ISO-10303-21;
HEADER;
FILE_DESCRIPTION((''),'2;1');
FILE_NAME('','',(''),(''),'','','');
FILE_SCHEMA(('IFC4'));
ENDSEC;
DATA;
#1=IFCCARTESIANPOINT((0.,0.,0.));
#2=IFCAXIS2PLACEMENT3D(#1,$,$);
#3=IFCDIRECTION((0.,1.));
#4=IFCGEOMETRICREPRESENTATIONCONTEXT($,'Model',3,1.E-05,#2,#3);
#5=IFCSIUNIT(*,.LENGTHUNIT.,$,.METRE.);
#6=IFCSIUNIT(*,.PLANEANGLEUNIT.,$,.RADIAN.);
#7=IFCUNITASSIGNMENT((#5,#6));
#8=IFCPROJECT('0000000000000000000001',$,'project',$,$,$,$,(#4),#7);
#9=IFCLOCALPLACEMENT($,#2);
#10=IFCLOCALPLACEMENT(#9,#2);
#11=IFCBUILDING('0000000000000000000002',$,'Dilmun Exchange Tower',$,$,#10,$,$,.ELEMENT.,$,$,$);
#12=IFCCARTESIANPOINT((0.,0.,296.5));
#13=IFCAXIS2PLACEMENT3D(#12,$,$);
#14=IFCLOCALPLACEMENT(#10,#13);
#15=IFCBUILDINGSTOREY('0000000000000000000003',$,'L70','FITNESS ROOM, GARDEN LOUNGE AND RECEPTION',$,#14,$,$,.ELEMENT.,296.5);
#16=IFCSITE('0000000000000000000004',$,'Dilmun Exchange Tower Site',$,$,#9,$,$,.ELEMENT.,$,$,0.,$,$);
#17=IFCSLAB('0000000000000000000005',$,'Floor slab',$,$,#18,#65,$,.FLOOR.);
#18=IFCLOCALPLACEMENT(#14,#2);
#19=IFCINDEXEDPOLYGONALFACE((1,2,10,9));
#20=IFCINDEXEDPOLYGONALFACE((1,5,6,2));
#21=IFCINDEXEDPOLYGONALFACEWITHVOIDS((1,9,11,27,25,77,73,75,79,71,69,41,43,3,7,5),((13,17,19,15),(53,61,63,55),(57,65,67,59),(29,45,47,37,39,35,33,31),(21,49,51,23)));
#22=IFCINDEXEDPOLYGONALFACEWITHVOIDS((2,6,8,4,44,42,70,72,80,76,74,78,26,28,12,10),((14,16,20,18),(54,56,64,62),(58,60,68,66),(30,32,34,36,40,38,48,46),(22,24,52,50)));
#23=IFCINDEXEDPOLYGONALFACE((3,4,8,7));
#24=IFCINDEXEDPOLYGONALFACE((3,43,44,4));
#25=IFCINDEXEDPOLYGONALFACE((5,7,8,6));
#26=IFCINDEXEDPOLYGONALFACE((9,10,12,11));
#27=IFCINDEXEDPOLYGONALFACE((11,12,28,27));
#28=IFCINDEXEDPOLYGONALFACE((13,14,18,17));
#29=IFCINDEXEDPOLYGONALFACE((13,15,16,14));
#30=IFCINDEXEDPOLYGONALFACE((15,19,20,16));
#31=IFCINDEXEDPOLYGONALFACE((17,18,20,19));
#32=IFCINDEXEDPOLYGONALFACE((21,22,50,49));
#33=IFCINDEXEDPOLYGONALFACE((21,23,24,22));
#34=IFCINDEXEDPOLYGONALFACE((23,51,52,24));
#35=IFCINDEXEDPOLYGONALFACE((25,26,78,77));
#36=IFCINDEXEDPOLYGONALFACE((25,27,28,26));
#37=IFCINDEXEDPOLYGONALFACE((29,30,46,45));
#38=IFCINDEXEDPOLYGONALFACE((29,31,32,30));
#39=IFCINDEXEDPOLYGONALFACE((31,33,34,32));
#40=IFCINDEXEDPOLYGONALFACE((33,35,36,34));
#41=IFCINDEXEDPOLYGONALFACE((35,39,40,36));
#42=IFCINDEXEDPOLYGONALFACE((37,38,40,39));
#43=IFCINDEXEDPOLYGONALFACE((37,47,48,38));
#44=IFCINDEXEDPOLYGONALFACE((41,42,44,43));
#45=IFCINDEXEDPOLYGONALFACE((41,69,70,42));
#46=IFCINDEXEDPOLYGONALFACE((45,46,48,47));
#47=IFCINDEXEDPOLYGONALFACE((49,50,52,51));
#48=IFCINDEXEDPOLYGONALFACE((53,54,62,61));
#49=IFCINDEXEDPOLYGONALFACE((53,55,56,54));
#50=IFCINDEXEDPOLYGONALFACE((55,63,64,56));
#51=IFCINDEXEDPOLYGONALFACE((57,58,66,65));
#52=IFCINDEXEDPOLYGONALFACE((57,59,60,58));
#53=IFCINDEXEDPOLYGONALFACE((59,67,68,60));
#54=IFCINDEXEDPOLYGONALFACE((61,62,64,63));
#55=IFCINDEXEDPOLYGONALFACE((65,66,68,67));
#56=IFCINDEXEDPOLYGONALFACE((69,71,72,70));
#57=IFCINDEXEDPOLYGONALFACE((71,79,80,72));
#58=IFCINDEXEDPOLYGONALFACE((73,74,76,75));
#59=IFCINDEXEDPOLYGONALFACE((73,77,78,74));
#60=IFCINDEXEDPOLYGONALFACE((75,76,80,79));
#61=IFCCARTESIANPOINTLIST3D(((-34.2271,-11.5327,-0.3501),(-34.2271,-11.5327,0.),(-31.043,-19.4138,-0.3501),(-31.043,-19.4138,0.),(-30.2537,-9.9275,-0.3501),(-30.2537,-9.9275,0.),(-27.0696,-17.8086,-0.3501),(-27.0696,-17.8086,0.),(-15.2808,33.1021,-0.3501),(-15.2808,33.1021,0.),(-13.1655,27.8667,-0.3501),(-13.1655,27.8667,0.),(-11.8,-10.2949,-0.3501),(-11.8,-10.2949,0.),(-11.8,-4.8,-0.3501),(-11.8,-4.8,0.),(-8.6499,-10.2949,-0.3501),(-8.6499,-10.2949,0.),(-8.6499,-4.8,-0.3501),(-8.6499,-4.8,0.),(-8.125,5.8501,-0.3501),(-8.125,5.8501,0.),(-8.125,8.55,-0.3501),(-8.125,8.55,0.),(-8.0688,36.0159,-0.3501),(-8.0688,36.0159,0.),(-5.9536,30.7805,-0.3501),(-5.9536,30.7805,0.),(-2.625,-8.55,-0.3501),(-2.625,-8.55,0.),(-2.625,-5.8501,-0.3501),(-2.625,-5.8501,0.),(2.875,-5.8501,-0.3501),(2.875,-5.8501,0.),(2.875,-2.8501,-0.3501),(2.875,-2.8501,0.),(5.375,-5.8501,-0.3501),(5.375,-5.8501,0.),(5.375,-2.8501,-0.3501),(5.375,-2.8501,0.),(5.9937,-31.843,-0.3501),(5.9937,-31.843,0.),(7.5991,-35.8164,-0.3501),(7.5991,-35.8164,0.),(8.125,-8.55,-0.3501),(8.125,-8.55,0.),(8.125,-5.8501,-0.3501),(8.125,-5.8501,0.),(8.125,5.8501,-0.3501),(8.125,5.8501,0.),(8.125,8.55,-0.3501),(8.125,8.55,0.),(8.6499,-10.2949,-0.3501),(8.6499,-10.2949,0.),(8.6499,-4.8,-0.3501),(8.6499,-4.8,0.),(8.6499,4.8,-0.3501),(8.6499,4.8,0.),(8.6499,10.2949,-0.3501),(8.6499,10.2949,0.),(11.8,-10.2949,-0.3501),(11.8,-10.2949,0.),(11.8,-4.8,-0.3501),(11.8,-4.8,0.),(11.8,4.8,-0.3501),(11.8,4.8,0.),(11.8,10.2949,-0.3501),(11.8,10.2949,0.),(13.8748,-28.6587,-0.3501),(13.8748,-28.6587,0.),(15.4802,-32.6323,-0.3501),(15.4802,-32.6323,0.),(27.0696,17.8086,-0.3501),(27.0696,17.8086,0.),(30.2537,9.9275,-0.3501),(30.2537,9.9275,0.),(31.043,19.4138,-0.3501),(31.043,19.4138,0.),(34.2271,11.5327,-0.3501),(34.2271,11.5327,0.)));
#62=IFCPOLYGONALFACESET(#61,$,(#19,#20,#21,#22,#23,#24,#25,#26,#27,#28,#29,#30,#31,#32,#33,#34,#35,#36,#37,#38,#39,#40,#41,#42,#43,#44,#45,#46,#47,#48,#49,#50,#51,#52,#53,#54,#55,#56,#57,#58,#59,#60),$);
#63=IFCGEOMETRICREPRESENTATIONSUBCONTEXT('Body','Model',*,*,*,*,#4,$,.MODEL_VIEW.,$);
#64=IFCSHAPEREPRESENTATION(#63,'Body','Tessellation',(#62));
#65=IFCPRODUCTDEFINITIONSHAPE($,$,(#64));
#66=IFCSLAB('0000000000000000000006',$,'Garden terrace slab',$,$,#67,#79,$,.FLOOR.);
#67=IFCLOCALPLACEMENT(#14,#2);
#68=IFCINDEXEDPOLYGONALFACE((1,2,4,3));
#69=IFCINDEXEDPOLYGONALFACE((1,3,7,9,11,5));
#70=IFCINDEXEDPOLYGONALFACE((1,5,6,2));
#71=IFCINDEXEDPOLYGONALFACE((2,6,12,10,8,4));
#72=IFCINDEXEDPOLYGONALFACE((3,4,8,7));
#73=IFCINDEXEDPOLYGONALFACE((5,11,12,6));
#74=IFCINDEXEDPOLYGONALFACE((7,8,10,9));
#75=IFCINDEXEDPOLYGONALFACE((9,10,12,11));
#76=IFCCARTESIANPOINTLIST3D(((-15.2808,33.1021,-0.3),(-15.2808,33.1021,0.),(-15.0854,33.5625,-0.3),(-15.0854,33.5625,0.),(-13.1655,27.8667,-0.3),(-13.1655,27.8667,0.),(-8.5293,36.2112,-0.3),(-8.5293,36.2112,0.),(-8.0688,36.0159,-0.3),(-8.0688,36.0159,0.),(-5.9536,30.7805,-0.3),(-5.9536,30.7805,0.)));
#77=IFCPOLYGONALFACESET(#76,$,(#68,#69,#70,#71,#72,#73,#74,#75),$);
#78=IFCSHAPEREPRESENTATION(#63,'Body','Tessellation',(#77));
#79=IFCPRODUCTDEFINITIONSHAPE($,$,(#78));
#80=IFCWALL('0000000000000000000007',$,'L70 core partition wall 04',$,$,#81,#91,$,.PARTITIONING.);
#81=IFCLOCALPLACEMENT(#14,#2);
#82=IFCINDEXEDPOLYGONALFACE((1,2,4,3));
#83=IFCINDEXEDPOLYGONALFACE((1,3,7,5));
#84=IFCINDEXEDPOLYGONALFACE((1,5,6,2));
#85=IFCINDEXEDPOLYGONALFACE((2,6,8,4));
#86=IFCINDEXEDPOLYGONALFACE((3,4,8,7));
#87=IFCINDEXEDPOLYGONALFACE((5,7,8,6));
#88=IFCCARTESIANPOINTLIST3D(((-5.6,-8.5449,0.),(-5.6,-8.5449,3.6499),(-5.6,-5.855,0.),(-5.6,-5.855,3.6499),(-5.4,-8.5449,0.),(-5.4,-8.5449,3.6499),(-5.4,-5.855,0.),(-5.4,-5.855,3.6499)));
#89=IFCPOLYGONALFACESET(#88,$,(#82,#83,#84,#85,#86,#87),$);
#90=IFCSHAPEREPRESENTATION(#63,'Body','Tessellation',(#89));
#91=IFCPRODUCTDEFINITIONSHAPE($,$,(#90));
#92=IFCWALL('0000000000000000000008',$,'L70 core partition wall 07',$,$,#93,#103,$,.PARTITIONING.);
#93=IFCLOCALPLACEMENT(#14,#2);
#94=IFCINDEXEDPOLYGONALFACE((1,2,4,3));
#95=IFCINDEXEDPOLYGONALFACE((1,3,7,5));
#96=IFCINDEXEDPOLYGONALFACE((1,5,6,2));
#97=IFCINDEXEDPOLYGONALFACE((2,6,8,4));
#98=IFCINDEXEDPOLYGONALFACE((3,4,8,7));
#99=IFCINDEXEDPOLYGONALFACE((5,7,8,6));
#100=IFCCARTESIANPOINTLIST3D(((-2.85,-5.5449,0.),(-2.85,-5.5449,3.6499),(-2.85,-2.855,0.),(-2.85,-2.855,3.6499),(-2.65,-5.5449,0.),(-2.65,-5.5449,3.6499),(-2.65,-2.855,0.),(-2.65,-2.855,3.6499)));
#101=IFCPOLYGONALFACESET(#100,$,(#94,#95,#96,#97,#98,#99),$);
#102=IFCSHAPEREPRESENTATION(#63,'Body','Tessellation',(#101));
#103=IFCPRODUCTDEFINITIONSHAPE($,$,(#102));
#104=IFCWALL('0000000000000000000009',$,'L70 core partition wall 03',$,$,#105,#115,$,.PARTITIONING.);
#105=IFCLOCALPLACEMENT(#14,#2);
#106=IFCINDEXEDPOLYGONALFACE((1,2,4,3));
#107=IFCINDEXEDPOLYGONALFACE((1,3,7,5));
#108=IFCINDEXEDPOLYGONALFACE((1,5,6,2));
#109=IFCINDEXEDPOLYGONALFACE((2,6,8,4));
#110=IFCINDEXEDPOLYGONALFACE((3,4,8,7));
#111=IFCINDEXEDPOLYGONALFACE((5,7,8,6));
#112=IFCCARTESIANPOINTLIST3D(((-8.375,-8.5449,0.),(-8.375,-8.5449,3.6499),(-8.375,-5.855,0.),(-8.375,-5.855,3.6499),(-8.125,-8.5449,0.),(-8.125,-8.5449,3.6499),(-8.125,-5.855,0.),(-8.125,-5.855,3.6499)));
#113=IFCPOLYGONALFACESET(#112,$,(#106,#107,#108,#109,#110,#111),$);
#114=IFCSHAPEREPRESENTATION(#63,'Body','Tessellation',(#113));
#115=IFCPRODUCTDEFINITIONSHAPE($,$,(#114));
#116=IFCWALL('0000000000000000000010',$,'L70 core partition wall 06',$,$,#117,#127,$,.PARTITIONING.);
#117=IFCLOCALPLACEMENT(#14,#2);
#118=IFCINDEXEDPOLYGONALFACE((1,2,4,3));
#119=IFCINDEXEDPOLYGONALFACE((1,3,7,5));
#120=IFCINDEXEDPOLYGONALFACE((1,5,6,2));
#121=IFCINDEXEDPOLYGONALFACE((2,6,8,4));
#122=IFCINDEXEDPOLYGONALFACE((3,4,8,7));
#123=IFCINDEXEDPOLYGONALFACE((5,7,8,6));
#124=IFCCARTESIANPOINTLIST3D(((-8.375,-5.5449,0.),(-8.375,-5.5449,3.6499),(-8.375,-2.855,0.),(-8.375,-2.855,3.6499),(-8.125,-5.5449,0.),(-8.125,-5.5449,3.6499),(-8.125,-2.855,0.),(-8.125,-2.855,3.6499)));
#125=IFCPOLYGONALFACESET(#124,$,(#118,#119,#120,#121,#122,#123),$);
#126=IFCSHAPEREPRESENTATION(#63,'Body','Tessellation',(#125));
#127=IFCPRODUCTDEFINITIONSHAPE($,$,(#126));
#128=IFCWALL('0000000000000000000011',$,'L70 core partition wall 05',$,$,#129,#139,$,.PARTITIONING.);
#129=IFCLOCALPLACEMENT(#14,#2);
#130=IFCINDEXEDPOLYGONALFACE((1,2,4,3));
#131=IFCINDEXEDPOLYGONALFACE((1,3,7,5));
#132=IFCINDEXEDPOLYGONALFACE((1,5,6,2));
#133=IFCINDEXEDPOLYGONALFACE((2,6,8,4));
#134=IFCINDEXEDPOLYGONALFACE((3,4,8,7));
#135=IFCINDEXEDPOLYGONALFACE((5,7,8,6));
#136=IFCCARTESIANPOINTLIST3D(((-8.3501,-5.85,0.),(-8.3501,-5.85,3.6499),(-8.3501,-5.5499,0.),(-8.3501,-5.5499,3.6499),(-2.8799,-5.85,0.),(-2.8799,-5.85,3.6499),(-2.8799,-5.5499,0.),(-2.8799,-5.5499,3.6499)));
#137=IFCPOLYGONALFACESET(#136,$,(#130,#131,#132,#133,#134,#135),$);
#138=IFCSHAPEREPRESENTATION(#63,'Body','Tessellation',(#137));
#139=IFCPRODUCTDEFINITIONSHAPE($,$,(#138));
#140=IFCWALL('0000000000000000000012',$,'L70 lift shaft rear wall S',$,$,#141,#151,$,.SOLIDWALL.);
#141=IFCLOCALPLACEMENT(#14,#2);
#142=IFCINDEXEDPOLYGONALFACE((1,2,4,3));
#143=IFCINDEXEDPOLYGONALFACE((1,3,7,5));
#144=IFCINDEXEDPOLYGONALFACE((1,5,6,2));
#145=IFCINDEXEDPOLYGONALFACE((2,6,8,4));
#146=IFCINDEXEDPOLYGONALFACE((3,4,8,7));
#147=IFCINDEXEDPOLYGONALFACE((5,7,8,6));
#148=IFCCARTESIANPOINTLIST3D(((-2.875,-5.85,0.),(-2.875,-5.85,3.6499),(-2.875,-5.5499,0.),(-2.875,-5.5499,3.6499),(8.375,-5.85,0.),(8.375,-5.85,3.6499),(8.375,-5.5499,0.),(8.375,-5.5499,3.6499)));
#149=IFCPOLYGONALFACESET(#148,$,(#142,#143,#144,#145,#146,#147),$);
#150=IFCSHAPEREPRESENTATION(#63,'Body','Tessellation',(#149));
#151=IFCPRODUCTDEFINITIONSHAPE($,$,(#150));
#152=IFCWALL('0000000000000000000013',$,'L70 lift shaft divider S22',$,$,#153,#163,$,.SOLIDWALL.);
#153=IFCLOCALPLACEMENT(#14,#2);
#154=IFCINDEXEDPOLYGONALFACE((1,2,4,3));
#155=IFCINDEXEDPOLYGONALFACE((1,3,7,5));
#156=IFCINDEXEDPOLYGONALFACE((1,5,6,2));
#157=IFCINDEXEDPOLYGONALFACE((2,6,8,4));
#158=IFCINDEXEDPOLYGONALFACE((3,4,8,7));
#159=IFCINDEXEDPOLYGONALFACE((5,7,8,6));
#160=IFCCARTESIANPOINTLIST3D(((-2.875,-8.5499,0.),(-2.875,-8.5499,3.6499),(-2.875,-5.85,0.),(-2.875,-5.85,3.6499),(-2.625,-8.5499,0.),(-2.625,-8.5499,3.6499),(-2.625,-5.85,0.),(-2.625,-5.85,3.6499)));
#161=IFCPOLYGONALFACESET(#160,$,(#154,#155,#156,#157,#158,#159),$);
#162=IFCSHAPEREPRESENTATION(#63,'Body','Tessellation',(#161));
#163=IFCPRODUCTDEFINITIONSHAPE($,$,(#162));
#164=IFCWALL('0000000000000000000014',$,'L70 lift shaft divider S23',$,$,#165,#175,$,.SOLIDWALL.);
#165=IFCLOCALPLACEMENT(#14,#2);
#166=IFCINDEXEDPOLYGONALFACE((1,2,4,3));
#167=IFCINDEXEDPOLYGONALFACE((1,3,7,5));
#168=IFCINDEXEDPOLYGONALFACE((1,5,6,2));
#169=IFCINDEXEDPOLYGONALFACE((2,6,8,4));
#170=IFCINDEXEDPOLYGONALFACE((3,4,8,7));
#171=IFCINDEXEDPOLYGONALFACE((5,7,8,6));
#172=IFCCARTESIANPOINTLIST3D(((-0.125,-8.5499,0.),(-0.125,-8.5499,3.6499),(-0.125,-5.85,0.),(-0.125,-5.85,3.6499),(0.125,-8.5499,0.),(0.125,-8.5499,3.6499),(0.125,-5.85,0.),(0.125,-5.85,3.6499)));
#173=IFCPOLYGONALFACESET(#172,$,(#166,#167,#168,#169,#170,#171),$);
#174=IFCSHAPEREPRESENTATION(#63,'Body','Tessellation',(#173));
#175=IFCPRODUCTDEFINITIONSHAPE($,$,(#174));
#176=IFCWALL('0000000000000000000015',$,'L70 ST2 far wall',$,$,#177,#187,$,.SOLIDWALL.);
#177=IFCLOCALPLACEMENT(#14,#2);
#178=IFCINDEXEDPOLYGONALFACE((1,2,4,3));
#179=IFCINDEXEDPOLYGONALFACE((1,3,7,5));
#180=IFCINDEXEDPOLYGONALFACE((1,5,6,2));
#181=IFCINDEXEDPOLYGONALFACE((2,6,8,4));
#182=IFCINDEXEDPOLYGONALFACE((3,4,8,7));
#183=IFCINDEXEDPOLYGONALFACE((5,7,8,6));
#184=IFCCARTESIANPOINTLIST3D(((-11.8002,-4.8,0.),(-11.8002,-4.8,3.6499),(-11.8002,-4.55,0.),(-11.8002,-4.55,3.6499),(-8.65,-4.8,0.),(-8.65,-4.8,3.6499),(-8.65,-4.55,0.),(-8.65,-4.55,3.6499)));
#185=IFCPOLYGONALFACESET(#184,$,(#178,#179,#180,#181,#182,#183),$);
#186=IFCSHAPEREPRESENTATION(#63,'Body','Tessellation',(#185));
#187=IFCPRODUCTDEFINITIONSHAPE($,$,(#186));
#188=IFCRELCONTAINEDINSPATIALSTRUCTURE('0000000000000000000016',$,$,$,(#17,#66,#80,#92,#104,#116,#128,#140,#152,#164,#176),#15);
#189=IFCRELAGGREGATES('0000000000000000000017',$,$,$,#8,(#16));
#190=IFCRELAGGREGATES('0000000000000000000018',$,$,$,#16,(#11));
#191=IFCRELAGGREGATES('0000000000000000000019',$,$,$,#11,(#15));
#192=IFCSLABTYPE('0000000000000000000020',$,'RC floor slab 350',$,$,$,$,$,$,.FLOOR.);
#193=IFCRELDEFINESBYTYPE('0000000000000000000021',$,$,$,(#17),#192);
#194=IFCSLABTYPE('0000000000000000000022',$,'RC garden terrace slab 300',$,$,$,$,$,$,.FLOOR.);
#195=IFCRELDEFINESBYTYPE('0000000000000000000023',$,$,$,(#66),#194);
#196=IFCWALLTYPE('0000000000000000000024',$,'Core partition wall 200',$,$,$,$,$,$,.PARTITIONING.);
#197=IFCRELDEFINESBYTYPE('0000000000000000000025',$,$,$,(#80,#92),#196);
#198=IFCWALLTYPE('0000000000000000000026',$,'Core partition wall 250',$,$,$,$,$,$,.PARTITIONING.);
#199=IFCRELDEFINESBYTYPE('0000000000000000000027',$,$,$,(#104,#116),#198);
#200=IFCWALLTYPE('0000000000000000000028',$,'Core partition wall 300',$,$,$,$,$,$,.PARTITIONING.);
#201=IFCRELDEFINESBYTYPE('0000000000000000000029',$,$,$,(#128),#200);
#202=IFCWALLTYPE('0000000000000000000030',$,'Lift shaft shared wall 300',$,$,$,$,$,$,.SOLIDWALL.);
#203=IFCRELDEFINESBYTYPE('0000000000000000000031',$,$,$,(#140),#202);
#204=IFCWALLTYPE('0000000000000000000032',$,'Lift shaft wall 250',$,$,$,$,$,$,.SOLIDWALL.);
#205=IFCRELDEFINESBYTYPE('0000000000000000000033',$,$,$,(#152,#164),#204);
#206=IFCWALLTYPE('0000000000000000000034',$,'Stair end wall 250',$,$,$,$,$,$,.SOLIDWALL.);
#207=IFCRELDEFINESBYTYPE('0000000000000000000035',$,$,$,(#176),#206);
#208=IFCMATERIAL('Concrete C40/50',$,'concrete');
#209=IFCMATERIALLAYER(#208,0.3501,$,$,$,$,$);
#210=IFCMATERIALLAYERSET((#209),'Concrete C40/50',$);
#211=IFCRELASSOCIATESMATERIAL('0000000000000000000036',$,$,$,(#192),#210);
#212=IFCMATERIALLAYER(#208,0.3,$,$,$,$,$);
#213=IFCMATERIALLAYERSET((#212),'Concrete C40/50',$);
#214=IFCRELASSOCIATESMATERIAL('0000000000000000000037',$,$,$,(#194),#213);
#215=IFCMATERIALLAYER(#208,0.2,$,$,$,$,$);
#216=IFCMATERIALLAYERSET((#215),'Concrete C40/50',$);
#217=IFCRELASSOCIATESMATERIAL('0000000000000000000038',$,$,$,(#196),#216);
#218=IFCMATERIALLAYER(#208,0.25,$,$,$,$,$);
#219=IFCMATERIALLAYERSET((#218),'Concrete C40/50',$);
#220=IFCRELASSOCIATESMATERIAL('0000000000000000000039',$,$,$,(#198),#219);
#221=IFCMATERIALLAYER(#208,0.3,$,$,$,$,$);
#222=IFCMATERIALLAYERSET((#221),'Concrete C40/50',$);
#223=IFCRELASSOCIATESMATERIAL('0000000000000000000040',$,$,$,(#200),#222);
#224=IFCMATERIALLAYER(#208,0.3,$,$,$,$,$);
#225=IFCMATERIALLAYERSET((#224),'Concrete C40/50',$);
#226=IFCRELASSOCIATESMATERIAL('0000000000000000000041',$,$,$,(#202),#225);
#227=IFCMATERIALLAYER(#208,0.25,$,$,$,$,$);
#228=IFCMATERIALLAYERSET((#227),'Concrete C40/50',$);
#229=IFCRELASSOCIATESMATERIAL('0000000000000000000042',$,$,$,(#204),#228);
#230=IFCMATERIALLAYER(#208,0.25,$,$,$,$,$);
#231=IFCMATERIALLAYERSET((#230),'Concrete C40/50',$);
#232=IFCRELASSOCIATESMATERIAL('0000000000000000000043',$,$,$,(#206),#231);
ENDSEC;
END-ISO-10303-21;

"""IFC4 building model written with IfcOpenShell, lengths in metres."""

from ifc_helpers import new_model, si_unit, direction, frame, frame_2d, origin, place, context, subcontext, project, spatial, polyline, rectangle, outline, extrude, material, layer, layer_set, type_object, element, save


model = new_model("IFC4")

# Units and contexts
model_context = context("Model", 3, precision=1e-05, world=origin(), true_north=direction((0.0, 1.0)))
body_context = subcontext(model_context, "Body", "Model", "MODEL_VIEW")
ifc_project = project(units=[si_unit("LENGTHUNIT", "METRE"), si_unit("PLANEANGLEUNIT", "RADIAN")], contexts=[model_context])

# Site, building, storey
site_placement = place(None, origin())
site = spatial("IfcSite", under=ifc_project, at=site_placement, Name="Dilmun Exchange Tower Site", CompositionType="ELEMENT", RefElevation=0.0)
building_placement = place(site_placement, origin())
building = spatial("IfcBuilding", under=site, at=building_placement, Name="Dilmun Exchange Tower", CompositionType="ELEMENT")
storey_placement = place(building_placement, frame((0.0, 0.0, 296.5)))
storey = spatial("IfcBuildingStorey", under=building, at=storey_placement, Name="L70", Description="FITNESS ROOM, GARDEN LOUNGE AND RECEPTION", CompositionType="ELEMENT", Elevation=296.5)

# Slabs
ifc_material_1 = material(Name="Concrete C40/50", Category="concrete")
ifc_layer_1 = layer(ifc_material_1, 0.3501)
ifc_layer_set_1 = layer_set([ifc_layer_1], Name="Concrete C40/50")
slab_type_1 = type_object("IfcSlabType", Name="RC floor slab 350", PredefinedType="FLOOR", material=ifc_layer_set_1)
slab_1_placement = place(storey_placement, frame((0.0, 0.0, -0.3501)))
element("IfcSlab", 1, at=slab_1_placement, inside=storey, type_object=slab_type_1, Name="Floor slab", PredefinedType="FLOOR", context=body_context, shape_type="SweptSolid", body=[
    extrude(outline(polyline([(27.0696, 17.8086), (30.2537, 9.9275), (34.2271, 11.5327), (15.4802, -32.6323), (13.8748, -28.6587), (5.9937, -31.843), (7.5991, -35.8164), (-31.043, -19.4138), (-27.0696, -17.8086), (-30.2537, -9.9275), (-34.2271, -11.5327), (-15.2808, 33.1021), (-13.1655, 27.8667), (-5.9536, 30.7805), (-8.0688, 36.0159), (31.043, 19.4138), (27.0696, 17.8086)]), holes=[polyline([(-8.6499, -4.8), (-11.8, -4.8), (-11.8, -10.2949), (-8.6499, -10.2949), (-8.6499, -4.8)]), polyline([(11.8, -4.8), (8.6499, -4.8), (8.6499, -10.2949), (11.8, -10.2949), (11.8, -4.8)]), polyline([(2.875, -5.8501), (-2.625, -5.8501), (-2.625, -8.55), (8.125, -8.55), (8.125, -5.8501), (5.375, -5.8501), (5.375, -2.8501), (2.875, -2.8501), (2.875, -5.8501)]), polyline([(8.125, 5.8501), (8.125, 8.55), (-8.125, 8.55), (-8.125, 5.8501), (8.125, 5.8501)]), polyline([(8.6499, 10.2949), (8.6499, 4.8), (11.8, 4.8), (11.8, 10.2949), (8.6499, 10.2949)])]), origin(), (0.0, 0.0, 1.0), 0.3501),
])
ifc_layer_2 = layer(ifc_material_1, 0.3)
ifc_layer_set_2 = layer_set([ifc_layer_2], Name="Concrete C40/50")
slab_type_2 = type_object("IfcSlabType", Name="RC garden terrace slab 300", PredefinedType="FLOOR", material=ifc_layer_set_2)
slab_2_placement = place(storey_placement, frame((0.0, 0.0, -0.3)))
element("IfcSlab", 2, at=slab_2_placement, inside=storey, type_object=slab_type_2, Name="Garden terrace slab", PredefinedType="FLOOR", context=body_context, shape_type="SweptSolid", body=[
    extrude(outline(polyline([(-13.1655, 27.8667), (-15.2808, 33.1021), (-15.0854, 33.5625), (-8.5293, 36.2112), (-8.0688, 36.0159), (-5.9536, 30.7805), (-13.1655, 27.8667)])), origin(), (0.0, 0.0, 1.0), 0.3),
])

# Walls
ifc_layer_3 = layer(ifc_material_1, 0.2)
ifc_layer_set_3 = layer_set([ifc_layer_3], Name="Concrete C40/50")
wall_type_1 = type_object("IfcWallType", Name="Core partition wall 200", PredefinedType="PARTITIONING", material=ifc_layer_set_3)
for number, where, z_axis, x_axis, name in (
    (3, (-5.5, -8.5449, 0.0), (0.0, 0.0, 1.0), (0.0, 1.0, 0.0), "L70 core partition wall 04"),
    (4, (-2.75, -5.5449, 0.0), (0.0, 0.0, 1.0), (0.0, 1.0, 0.0), "L70 core partition wall 07"),
):
    element("IfcWall", number, at=place(storey_placement, frame(where, z_axis=z_axis, x_axis=x_axis)), inside=storey, type_object=wall_type_1, Name=name, PredefinedType="PARTITIONING", context=body_context, shape_type="SweptSolid", body=[
        extrude(rectangle(XDim=2.6899, YDim=0.2, at=frame_2d((1.345, 0.0))), origin(), (0.0, 0.0, 1.0), 3.6499),
    ])

# Walls
ifc_layer_4 = layer(ifc_material_1, 0.25)
ifc_layer_set_4 = layer_set([ifc_layer_4], Name="Concrete C40/50")
wall_type_2 = type_object("IfcWallType", Name="Core partition wall 250", PredefinedType="PARTITIONING", material=ifc_layer_set_4)
for number, where, z_axis, x_axis, name in (
    (5, (-8.25, -8.5449, 0.0), (0.0, 0.0, 1.0), (0.0, 1.0, 0.0), "L70 core partition wall 03"),
    (6, (-8.25, -5.5449, 0.0), (0.0, 0.0, 1.0), (0.0, 1.0, 0.0), "L70 core partition wall 06"),
):
    element("IfcWall", number, at=place(storey_placement, frame(where, z_axis=z_axis, x_axis=x_axis)), inside=storey, type_object=wall_type_2, Name=name, PredefinedType="PARTITIONING", context=body_context, shape_type="SweptSolid", body=[
        extrude(rectangle(XDim=2.6899, YDim=0.25, at=frame_2d((1.345, 0.0))), origin(), (0.0, 0.0, 1.0), 3.6499),
    ])
ifc_layer_5 = layer(ifc_material_1, 0.3)
ifc_layer_set_5 = layer_set([ifc_layer_5], Name="Concrete C40/50")
wall_type_3 = type_object("IfcWallType", Name="Core partition wall 300", PredefinedType="PARTITIONING", material=ifc_layer_set_5)
wall_1_placement = place(storey_placement, frame((-8.3501, -5.7, 0.0), z_axis=(0.0, 0.0, 1.0), x_axis=(1.0, 0.0, 0.0)))
element("IfcWall", 7, at=wall_1_placement, inside=storey, type_object=wall_type_3, Name="L70 core partition wall 05", PredefinedType="PARTITIONING", context=body_context, shape_type="SweptSolid", body=[
    extrude(rectangle(XDim=5.4702, YDim=0.3, at=frame_2d((2.7351, 0.0))), origin(), (0.0, 0.0, 1.0), 3.6499),
])
ifc_layer_6 = layer(ifc_material_1, 0.3)
ifc_layer_set_6 = layer_set([ifc_layer_6], Name="Concrete C40/50")
wall_type_4 = type_object("IfcWallType", Name="Lift shaft shared wall 300", PredefinedType="SOLIDWALL", material=ifc_layer_set_6)
wall_2_placement = place(storey_placement, frame((-2.875, -5.7, 0.0), z_axis=(0.0, 0.0, 1.0), x_axis=(1.0, 0.0, 0.0)))
element("IfcWall", 8, at=wall_2_placement, inside=storey, type_object=wall_type_4, Name="L70 lift shaft rear wall S", PredefinedType="SOLIDWALL", context=body_context, shape_type="SweptSolid", body=[
    extrude(rectangle(XDim=11.25, YDim=0.3, at=frame_2d((5.625, 0.0))), origin(), (0.0, 0.0, 1.0), 3.6499),
])
ifc_layer_7 = layer(ifc_material_1, 0.25)
ifc_layer_set_7 = layer_set([ifc_layer_7], Name="Concrete C40/50")
wall_type_5 = type_object("IfcWallType", Name="Lift shaft wall 250", PredefinedType="SOLIDWALL", material=ifc_layer_set_7)
for number, where, z_axis, x_axis, name in (
    (9, (-2.75, -8.55, 0.0), (0.0, 0.0, 1.0), (0.0, 1.0, 0.0), "L70 lift shaft divider S22"),
    (10, (0.0, -8.55, 0.0), (0.0, 0.0, 1.0), (0.0, 1.0, 0.0), "L70 lift shaft divider S23"),
):
    element("IfcWall", number, at=place(storey_placement, frame(where, z_axis=z_axis, x_axis=x_axis)), inside=storey, type_object=wall_type_5, Name=name, PredefinedType="SOLIDWALL", context=body_context, shape_type="SweptSolid", body=[
        extrude(rectangle(XDim=2.7, YDim=0.25, at=frame_2d((1.3501, 0.0))), origin(), (0.0, 0.0, 1.0), 3.6499),
    ])
ifc_layer_8 = layer(ifc_material_1, 0.25)
ifc_layer_set_8 = layer_set([ifc_layer_8], Name="Concrete C40/50")
wall_type_6 = type_object("IfcWallType", Name="Stair end wall 250", PredefinedType="SOLIDWALL", material=ifc_layer_set_8)
wall_3_placement = place(storey_placement, frame((-8.6499, -4.675, 0.0), z_axis=(0.0, 0.0, 1.0), x_axis=(-1.0, 0.0, 0.0)))
element("IfcWall", 11, at=wall_3_placement, inside=storey, type_object=wall_type_6, Name="L70 ST2 far wall", PredefinedType="SOLIDWALL", context=body_context, shape_type="SweptSolid", body=[
    extrude(rectangle(XDim=3.1501, YDim=0.25, at=frame_2d((1.5752, 0.0))), origin(), (0.0, 0.0, 1.0), 3.6499),
])

save(model, "model.ifc")
